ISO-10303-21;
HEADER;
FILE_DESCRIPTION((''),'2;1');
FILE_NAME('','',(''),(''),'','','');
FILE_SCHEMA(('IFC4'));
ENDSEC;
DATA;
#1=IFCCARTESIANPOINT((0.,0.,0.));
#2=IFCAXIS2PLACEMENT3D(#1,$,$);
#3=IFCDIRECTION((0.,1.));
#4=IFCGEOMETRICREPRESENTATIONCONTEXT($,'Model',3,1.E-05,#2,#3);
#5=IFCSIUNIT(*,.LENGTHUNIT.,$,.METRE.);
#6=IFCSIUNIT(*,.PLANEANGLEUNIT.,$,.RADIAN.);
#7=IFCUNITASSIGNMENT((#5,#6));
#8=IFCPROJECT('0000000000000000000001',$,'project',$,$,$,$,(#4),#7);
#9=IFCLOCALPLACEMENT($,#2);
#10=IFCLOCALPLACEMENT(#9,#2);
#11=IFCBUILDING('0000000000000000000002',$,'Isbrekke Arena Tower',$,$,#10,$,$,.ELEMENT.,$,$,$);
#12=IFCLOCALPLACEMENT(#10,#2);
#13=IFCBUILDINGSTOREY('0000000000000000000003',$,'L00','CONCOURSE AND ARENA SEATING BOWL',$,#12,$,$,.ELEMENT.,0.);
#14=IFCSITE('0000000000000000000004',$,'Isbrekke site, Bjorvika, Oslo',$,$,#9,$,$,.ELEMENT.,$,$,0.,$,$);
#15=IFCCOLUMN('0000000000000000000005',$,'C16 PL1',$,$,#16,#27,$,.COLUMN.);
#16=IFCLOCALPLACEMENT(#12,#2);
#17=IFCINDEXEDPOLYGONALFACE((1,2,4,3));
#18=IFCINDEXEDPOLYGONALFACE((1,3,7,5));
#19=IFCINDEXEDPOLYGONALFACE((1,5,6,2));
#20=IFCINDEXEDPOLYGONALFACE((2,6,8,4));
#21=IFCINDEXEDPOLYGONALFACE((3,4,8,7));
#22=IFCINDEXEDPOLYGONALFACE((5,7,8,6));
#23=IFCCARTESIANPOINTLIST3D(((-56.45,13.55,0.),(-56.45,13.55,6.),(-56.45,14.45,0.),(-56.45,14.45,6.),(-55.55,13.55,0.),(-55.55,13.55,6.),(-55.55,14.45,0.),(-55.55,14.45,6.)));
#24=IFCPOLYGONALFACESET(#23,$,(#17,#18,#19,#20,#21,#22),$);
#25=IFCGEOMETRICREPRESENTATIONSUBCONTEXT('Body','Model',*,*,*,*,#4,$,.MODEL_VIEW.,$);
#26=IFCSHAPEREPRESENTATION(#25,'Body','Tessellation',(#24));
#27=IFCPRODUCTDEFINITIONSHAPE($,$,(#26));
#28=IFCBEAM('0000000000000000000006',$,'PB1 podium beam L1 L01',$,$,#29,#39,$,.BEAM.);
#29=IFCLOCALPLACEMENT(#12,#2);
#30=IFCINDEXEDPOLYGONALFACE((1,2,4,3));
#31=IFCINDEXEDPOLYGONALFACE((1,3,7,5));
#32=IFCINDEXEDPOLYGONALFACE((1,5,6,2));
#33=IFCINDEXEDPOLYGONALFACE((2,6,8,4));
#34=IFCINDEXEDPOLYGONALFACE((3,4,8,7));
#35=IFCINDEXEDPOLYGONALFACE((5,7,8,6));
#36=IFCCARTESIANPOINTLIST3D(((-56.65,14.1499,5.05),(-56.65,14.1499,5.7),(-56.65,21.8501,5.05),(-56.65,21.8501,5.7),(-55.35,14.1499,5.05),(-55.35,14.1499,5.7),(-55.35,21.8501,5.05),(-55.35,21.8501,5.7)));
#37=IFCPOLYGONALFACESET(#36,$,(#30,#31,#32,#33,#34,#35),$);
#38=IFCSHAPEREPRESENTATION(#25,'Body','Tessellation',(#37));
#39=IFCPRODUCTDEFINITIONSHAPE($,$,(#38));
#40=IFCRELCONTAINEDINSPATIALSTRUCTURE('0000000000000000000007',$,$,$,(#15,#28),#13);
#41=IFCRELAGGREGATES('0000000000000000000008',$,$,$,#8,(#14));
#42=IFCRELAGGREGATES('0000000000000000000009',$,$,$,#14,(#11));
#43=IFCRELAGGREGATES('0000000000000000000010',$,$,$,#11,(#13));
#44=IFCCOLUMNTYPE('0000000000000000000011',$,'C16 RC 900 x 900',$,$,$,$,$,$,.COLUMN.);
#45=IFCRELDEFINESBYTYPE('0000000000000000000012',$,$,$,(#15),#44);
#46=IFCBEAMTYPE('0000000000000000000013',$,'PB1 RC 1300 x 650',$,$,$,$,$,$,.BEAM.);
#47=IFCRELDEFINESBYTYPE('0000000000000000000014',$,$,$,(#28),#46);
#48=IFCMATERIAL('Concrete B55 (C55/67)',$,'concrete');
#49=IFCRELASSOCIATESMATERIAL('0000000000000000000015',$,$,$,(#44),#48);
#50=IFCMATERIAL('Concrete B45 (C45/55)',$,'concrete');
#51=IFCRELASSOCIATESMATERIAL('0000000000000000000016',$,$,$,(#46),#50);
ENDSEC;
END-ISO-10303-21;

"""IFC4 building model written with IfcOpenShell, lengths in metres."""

from ifc_helpers import new_model, si_unit, direction, frame, origin, origin_2d, place, context, subcontext, project, spatial, rectangle, extrude, material, material_profile, profile_set, type_object, element, save


model = new_model("IFC4")

# Units and contexts
model_context = context("Model", 3, precision=1e-05, world=origin(), true_north=direction((0.0, 1.0)))
body_context = subcontext(model_context, "Body", "Model", "MODEL_VIEW")
ifc_project = project(units=[si_unit("LENGTHUNIT", "METRE"), si_unit("PLANEANGLEUNIT", "RADIAN")], contexts=[model_context])

# Site, building, storey
site_placement = place(None, origin())
site = spatial("IfcSite", under=ifc_project, at=site_placement, Name="Isbrekke site, Bjorvika, Oslo", CompositionType="ELEMENT", RefElevation=0.0)
building_placement = place(site_placement, origin())
building = spatial("IfcBuilding", under=site, at=building_placement, Name="Isbrekke Arena Tower", CompositionType="ELEMENT")
storey_placement = place(building_placement, origin())
storey = spatial("IfcBuildingStorey", under=building, at=storey_placement, Name="L00", Description="CONCOURSE AND ARENA SEATING BOWL", CompositionType="ELEMENT", Elevation=0.0)

# Column
ifc_material_1 = material(Name="Concrete B55 (C55/67)", Category="concrete")
ifc_material_profile_1 = material_profile(ifc_material_1, rectangle(XDim=0.8999, YDim=0.8999, at=origin_2d()), Name="RC 900x900")
ifc_profile_set_1 = profile_set([ifc_material_profile_1], Name="Concrete B55 (C55/67)")
column_type = type_object("IfcColumnType", Name="C16 RC 900 x 900", PredefinedType="COLUMN", material=ifc_profile_set_1)
column_placement = place(storey_placement, frame((-56.0, 14.0, 0.0), z_axis=(0.0, 0.0, 1.0), x_axis=(1.0, 0.0, 0.0)))
element("IfcColumn", 1, at=column_placement, inside=storey, type_object=column_type, Name="C16 PL1", PredefinedType="COLUMN", context=body_context, shape_type="SweptSolid", body=[
    extrude(rectangle(XDim=0.8999, YDim=0.8999, at=origin_2d()), origin(), (0.0, 0.0, 1.0), 6.0),
])

# Beam
ifc_material_2 = material(Name="Concrete B45 (C45/55)", Category="concrete")
ifc_material_profile_2 = material_profile(ifc_material_2, rectangle(XDim=1.3, YDim=0.6499, at=origin_2d()), Name="RC 1300x650")
ifc_profile_set_2 = profile_set([ifc_material_profile_2], Name="Concrete B45 (C45/55)")
beam_type = type_object("IfcBeamType", Name="PB1 RC 1300 x 650", PredefinedType="BEAM", material=ifc_profile_set_2)
beam_placement = place(storey_placement, frame((-56.0, 14.1499, 5.375), z_axis=(0.0, 1.0, 0.0), x_axis=(-1.0, 0.0, 0.0)))
element("IfcBeam", 2, at=beam_placement, inside=storey, type_object=beam_type, Name="PB1 podium beam L1 L01", PredefinedType="BEAM", context=body_context, shape_type="SweptSolid", body=[
    extrude(rectangle(XDim=1.3, YDim=0.6499, at=origin_2d()), origin(), (0.0, 0.0, 1.0), 7.7002),
])

save(model, "model.ifc")
